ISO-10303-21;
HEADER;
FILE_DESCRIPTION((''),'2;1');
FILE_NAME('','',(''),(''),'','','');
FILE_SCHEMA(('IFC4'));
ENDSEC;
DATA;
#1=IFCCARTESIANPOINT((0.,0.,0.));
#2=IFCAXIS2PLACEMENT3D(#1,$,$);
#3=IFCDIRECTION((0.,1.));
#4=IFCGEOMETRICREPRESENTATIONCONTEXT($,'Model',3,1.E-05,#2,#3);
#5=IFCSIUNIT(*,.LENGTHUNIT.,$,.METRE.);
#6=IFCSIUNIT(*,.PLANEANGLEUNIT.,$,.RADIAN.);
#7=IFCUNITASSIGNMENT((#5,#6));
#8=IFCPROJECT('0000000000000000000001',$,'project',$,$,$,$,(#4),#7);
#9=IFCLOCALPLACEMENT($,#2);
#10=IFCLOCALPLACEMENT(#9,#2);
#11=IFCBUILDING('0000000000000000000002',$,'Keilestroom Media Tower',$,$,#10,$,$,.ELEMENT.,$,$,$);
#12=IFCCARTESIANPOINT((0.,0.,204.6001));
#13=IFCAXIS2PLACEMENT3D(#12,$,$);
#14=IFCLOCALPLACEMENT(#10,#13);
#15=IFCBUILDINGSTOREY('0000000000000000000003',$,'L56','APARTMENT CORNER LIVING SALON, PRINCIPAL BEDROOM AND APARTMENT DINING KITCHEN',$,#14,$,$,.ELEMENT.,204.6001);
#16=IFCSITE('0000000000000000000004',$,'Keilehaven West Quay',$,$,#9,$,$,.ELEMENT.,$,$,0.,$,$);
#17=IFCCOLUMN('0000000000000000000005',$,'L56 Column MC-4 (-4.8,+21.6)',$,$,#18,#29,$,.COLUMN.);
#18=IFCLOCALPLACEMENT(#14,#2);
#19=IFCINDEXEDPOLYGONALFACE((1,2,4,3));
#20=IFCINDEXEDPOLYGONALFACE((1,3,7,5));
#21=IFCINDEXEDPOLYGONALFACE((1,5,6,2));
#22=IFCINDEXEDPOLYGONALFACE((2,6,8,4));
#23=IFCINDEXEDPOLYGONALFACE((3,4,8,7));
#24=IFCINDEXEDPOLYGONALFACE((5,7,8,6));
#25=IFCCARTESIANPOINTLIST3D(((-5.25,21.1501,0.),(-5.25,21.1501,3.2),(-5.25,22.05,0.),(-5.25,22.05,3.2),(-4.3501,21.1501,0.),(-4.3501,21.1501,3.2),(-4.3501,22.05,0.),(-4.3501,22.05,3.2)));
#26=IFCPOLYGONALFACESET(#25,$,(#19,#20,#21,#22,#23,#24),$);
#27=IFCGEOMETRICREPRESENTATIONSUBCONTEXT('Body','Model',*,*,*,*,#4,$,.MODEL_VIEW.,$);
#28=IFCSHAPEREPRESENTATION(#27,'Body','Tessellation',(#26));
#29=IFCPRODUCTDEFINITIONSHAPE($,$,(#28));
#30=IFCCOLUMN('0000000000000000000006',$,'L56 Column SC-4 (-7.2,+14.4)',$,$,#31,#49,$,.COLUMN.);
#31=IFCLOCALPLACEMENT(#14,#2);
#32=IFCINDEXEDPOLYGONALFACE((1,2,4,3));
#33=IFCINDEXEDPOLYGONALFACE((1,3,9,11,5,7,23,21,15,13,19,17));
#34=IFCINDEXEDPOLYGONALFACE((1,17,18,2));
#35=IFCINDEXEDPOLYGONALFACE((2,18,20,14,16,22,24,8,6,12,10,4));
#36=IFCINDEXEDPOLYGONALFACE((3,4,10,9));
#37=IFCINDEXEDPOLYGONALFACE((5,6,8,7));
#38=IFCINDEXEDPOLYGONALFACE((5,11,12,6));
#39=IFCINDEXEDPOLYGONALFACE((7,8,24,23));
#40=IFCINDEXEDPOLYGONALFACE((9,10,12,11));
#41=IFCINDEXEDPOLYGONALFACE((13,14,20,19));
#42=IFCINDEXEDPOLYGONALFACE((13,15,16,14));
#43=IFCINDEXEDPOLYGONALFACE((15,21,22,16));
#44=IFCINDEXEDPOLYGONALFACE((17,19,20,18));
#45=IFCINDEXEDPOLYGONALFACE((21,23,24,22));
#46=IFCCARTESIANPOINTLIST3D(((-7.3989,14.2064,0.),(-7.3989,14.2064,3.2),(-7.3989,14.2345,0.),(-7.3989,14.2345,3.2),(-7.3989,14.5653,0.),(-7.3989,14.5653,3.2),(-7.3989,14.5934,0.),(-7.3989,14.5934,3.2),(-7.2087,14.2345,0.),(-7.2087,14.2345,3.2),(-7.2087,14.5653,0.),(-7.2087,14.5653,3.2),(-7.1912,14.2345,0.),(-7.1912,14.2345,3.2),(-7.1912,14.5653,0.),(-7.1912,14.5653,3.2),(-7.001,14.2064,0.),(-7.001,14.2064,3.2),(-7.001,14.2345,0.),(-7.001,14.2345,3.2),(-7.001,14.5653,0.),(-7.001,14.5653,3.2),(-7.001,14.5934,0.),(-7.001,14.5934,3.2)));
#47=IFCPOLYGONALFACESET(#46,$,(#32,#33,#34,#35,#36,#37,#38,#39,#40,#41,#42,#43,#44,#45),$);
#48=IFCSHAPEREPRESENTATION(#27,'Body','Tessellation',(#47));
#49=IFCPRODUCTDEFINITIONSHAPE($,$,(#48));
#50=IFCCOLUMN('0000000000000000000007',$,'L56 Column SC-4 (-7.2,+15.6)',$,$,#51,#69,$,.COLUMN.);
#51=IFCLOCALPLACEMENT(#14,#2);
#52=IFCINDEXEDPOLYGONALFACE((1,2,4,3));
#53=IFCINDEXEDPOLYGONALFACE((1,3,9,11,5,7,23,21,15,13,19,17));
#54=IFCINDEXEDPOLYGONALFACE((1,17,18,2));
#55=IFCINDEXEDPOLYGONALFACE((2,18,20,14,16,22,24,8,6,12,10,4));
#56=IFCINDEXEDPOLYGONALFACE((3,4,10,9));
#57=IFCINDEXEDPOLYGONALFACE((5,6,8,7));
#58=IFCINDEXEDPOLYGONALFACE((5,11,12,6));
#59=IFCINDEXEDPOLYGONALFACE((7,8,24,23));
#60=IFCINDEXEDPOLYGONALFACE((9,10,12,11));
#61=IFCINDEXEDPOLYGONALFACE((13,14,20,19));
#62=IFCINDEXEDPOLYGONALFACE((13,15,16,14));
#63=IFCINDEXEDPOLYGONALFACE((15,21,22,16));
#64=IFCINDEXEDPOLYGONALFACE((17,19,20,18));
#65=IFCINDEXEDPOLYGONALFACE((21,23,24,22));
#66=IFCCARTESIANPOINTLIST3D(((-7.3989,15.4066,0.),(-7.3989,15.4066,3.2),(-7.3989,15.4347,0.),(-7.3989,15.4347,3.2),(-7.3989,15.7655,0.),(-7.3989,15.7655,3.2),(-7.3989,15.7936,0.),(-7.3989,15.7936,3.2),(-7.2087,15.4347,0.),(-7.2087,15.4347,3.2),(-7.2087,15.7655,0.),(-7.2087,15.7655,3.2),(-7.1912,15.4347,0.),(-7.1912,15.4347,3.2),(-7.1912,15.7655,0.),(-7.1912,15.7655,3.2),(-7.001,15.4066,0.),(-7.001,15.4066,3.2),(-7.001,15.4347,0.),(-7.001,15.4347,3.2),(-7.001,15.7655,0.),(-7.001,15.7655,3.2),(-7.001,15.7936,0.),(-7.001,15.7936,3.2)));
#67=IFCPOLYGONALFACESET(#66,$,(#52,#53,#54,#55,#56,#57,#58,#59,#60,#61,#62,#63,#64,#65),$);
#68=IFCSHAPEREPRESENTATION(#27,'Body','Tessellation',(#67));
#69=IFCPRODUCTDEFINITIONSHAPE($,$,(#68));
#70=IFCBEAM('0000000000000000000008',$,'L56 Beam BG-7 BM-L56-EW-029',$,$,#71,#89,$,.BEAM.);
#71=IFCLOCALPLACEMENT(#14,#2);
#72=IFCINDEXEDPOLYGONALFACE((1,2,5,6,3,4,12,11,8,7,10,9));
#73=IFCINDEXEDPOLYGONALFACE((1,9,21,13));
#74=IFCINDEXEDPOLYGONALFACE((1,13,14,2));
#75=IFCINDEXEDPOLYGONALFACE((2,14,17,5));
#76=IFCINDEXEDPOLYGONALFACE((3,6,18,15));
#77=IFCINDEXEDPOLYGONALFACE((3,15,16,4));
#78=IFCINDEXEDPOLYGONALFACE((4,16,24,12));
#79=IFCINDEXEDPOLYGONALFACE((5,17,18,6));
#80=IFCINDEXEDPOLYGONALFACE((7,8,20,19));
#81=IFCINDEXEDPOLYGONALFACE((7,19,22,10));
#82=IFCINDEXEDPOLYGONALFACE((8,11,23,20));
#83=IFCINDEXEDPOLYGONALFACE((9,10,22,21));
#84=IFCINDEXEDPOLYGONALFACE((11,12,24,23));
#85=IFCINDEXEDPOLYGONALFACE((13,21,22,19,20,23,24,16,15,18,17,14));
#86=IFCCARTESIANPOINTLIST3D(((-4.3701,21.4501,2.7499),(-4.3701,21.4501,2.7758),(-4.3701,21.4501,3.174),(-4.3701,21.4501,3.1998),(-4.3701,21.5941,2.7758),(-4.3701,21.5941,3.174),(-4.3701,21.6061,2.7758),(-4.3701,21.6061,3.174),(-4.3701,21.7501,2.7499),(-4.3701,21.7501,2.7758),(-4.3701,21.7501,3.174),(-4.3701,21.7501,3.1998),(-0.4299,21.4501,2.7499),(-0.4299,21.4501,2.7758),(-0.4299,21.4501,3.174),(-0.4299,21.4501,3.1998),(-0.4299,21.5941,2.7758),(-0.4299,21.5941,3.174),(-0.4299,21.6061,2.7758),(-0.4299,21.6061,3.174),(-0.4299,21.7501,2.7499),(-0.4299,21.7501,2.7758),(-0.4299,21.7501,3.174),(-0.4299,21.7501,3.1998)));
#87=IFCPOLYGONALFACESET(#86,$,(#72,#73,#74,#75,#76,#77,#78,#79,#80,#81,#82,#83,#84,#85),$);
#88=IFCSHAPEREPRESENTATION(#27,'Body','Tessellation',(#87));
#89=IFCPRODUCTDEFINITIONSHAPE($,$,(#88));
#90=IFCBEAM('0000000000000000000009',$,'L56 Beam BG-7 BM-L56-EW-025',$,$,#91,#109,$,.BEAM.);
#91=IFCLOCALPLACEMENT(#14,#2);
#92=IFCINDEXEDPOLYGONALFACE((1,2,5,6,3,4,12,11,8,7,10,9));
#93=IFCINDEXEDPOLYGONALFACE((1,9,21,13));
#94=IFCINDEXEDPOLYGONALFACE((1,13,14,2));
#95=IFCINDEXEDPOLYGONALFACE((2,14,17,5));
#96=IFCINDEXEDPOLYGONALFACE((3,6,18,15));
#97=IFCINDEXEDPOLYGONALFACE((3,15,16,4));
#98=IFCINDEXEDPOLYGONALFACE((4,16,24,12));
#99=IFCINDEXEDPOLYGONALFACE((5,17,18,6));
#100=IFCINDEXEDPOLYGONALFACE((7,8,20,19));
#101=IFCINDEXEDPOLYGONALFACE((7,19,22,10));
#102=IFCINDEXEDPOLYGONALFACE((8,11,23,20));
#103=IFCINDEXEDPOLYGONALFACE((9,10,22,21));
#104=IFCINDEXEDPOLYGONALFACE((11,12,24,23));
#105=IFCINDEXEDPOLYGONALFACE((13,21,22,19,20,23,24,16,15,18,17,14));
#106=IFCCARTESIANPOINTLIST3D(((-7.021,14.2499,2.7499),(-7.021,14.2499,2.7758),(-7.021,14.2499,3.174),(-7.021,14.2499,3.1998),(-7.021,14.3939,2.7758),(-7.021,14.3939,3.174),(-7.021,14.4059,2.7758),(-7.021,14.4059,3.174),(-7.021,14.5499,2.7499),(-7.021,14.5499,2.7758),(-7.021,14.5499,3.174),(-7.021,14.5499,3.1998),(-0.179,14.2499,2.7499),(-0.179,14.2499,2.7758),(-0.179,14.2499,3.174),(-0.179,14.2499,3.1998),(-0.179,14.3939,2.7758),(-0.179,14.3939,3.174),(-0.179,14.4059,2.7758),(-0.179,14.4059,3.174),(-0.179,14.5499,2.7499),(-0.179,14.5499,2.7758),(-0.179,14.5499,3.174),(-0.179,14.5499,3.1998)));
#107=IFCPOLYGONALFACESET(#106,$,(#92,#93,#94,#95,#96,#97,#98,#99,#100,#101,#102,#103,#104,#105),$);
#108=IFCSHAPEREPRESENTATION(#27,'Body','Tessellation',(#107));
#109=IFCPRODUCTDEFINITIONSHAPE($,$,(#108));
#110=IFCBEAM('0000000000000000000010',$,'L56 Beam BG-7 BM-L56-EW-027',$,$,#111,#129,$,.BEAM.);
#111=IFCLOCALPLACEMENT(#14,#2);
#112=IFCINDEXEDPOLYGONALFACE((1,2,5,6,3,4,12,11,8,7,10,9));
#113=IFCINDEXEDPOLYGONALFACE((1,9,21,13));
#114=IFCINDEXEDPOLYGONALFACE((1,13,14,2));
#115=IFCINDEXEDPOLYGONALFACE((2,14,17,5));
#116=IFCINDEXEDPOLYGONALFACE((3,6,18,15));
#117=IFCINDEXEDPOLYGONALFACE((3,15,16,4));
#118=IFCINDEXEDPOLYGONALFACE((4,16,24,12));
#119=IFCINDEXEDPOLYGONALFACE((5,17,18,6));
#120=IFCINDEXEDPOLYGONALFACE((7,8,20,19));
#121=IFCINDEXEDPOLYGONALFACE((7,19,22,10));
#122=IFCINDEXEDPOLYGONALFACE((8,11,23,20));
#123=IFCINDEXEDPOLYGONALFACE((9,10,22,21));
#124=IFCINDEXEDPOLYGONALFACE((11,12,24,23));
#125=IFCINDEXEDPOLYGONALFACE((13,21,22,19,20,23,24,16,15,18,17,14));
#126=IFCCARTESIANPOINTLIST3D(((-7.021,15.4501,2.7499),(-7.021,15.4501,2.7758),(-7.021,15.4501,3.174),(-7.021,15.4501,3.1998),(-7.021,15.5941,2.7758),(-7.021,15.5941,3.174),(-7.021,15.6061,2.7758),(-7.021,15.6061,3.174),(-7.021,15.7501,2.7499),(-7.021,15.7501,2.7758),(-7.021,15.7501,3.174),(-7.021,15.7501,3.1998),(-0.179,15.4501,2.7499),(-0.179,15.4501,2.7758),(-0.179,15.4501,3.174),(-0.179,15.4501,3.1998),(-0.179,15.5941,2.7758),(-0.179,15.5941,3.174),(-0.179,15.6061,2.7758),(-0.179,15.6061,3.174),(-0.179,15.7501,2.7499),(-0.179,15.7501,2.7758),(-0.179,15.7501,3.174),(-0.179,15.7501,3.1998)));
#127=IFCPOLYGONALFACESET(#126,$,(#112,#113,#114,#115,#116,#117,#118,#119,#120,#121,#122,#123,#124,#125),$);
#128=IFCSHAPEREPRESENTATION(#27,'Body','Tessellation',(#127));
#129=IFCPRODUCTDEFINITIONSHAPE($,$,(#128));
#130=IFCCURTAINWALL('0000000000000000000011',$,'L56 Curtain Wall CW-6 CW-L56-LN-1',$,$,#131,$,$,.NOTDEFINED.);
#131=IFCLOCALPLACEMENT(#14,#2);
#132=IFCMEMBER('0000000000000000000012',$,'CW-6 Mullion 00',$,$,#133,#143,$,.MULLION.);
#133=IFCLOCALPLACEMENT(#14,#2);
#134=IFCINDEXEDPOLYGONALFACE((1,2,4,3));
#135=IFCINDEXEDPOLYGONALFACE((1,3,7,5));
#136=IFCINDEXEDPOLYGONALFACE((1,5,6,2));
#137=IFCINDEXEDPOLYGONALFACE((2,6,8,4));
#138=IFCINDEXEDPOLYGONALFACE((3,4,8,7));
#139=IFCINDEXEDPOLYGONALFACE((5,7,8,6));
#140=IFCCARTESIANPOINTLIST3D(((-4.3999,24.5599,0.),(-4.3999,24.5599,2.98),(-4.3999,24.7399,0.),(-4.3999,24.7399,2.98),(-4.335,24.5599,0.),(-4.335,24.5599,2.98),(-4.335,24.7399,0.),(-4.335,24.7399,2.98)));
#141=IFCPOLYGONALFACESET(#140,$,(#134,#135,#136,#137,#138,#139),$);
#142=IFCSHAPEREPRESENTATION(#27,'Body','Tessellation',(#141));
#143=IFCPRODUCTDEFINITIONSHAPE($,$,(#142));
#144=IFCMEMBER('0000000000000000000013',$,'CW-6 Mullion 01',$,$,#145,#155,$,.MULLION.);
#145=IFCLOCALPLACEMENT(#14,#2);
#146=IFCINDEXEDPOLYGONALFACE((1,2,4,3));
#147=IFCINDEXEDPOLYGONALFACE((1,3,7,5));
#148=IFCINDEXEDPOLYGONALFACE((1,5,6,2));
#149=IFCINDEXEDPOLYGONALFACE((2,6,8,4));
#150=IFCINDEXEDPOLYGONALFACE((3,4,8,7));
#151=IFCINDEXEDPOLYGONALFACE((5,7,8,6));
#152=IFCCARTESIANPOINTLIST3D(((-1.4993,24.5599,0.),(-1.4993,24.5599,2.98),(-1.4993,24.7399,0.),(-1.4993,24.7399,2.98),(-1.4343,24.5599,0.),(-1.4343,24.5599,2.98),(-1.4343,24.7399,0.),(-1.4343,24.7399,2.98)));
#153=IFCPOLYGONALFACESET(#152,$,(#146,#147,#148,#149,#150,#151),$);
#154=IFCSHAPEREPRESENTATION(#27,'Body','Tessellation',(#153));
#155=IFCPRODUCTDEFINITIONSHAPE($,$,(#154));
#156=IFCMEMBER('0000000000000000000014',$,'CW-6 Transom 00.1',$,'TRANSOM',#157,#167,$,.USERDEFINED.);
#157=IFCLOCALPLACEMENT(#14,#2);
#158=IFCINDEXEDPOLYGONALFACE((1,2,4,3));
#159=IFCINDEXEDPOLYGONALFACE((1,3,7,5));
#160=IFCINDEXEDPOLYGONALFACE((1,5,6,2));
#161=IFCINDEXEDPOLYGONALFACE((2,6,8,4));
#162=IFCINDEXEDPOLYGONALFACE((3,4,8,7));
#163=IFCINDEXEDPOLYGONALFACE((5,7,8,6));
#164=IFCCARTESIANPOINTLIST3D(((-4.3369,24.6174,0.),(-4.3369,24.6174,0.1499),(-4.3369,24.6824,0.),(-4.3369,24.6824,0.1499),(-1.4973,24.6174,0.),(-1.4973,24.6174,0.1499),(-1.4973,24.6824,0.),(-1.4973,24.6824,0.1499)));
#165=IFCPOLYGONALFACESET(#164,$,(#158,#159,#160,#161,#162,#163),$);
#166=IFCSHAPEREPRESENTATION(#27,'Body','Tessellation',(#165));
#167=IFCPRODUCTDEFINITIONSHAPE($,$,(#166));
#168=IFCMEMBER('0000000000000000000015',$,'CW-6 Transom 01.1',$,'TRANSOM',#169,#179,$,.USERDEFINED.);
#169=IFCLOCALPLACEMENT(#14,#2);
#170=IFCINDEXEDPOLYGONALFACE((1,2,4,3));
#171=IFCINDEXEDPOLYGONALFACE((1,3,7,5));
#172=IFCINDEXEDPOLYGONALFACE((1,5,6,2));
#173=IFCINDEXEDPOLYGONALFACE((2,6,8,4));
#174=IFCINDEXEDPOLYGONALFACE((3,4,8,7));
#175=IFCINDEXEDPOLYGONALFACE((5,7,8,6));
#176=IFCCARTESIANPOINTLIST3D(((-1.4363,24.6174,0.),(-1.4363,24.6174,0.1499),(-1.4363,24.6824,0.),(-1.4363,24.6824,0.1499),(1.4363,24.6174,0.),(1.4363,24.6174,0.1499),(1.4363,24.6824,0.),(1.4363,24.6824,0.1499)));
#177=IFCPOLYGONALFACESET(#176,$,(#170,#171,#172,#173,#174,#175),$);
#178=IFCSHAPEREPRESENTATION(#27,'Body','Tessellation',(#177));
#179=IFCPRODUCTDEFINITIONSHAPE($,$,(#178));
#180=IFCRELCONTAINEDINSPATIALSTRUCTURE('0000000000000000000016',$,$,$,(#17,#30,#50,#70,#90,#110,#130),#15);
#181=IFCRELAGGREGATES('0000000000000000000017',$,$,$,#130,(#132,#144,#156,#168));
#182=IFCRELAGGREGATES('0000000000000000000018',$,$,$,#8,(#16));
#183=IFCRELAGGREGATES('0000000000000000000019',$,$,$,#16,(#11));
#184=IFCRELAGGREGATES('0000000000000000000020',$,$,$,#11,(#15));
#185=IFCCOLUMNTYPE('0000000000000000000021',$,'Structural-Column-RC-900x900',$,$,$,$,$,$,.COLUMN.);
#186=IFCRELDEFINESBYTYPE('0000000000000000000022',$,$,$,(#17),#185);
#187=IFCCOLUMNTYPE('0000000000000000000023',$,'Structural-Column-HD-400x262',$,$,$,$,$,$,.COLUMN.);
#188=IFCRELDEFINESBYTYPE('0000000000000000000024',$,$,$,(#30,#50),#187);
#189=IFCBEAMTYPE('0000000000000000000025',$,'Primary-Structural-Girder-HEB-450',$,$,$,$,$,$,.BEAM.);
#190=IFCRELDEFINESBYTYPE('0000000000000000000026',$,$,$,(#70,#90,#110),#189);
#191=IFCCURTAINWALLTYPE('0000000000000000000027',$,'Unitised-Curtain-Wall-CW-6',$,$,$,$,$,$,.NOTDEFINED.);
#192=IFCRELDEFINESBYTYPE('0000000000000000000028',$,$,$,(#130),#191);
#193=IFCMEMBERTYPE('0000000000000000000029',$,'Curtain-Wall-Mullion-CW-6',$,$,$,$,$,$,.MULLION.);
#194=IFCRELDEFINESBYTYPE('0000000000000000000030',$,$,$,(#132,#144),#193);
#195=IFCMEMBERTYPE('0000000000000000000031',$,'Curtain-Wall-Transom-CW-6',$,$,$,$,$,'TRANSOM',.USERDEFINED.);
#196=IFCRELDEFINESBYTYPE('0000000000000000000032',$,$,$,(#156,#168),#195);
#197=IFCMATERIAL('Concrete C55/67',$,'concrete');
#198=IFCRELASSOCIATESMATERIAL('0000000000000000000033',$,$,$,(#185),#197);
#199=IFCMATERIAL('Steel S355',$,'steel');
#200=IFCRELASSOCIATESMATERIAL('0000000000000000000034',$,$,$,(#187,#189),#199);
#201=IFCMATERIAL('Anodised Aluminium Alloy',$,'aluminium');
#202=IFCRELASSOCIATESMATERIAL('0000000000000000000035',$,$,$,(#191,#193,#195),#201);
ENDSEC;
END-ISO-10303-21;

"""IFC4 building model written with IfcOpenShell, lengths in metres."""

from ifc_helpers import new_model, si_unit, direction, frame, origin, origin_2d, place, context, subcontext, project, spatial, rectangle, i_section, extrude, source, transform, mapped, material, material_profile, profile_set, type_object, element, aggregate, save


model = new_model("IFC4")

# Units and contexts
model_context = context("Model", 3, precision=1e-05, world=origin(), true_north=direction((0.0, 1.0)))
body_context = subcontext(model_context, "Body", "Model", "MODEL_VIEW")
ifc_project = project(units=[si_unit("LENGTHUNIT", "METRE"), si_unit("PLANEANGLEUNIT", "RADIAN")], contexts=[model_context])

# Site, building, storey
site_placement = place(None, origin())
site = spatial("IfcSite", under=ifc_project, at=site_placement, Name="Keilehaven West Quay", CompositionType="ELEMENT", RefElevation=0.0)
building_placement = place(site_placement, origin())
building = spatial("IfcBuilding", under=site, at=building_placement, Name="Keilestroom Media Tower", CompositionType="ELEMENT")
storey_placement = place(building_placement, frame((0.0, 0.0, 204.6001)))
storey = spatial("IfcBuildingStorey", under=building, at=storey_placement, Name="L56", Description="APARTMENT CORNER LIVING SALON, PRINCIPAL BEDROOM AND APARTMENT DINING KITCHEN", CompositionType="ELEMENT", Elevation=204.6001)

# Columns
ifc_material_1 = material(Name="Concrete C55/67", Category="concrete")
ifc_material_profile_1 = material_profile(ifc_material_1, rectangle(XDim=0.8999, YDim=0.8999, at=origin_2d()), Name="RC 900x900")
ifc_profile_set_1 = profile_set([ifc_material_profile_1], Name="Concrete C55/67")
column_type_1 = type_object("IfcColumnType", Name="Structural-Column-RC-900x900", PredefinedType="COLUMN", material=ifc_profile_set_1)
shared_shape_1 = source(origin(), body_context, "Body", "SweptSolid", [
    extrude(rectangle(XDim=0.8999, YDim=0.8999, at=origin_2d()), origin(), (0.0, 0.0, 1.0), 3.2),
])
column_placement = place(storey_placement, frame((-4.8, 21.6001, 0.0), z_axis=(0.0, 0.0, 1.0), x_axis=(1.0, 0.0, 0.0)))
element("IfcColumn", 1, at=column_placement, inside=storey, type_object=column_type_1, Name="L56 Column MC-4 (-4.8,+21.6)", PredefinedType="COLUMN", context=body_context, shape_type="MappedRepresentation", body=[
    mapped(shared_shape_1, transform((0.0, 0.0, 0.0), x_axis=(1.0, 0.0, 0.0), y_axis=(0.0, 1.0, 0.0), z_axis=(0.0, 0.0, 1.0), scale=1.0)),
])
ifc_material_2 = material(Name="Steel S355", Category="steel")
ifc_material_profile_2 = material_profile(ifc_material_2, i_section(OverallWidth=0.3979, OverallDepth=0.387, WebThickness=0.0176, FlangeThickness=0.0281, at=origin_2d()), Name="HD 400x262")
ifc_profile_set_2 = profile_set([ifc_material_profile_2], Name="Steel S355")
column_type_2 = type_object("IfcColumnType", Name="Structural-Column-HD-400x262", PredefinedType="COLUMN", material=ifc_profile_set_2)
shared_shape_2 = source(origin(), body_context, "Body", "SweptSolid", [
    extrude(i_section(OverallWidth=0.3979, OverallDepth=0.387, WebThickness=0.0176, FlangeThickness=0.0281, at=origin_2d()), origin(), (0.0, 0.0, 1.0), 3.2),
])
for number, where, z_axis, x_axis, name in (
    (2, (-7.2, 14.3999, 0.0), (0.0, 0.0, 1.0), (1.0, 0.0, 0.0), "L56 Column SC-4 (-7.2,+14.4)"),
    (3, (-7.2, 15.6001, 0.0), (0.0, 0.0, 1.0), (1.0, 0.0, 0.0), "L56 Column SC-4 (-7.2,+15.6)"),
):
    element("IfcColumn", number, at=place(storey_placement, frame(where, z_axis=z_axis, x_axis=x_axis)), inside=storey, type_object=column_type_2, Name=name, PredefinedType="COLUMN", context=body_context, shape_type="MappedRepresentation", body=[
        mapped(shared_shape_2, transform((0.0, 0.0, 0.0), x_axis=(1.0, 0.0, 0.0), y_axis=(0.0, 1.0, 0.0), z_axis=(0.0, 0.0, 1.0), scale=1.0)),
    ])

# Beams
ifc_material_profile_3 = material_profile(ifc_material_2, i_section(OverallWidth=0.3, OverallDepth=0.45, WebThickness=0.012, FlangeThickness=0.0259, at=origin_2d()), Name="HEB 450")
ifc_profile_set_3 = profile_set([ifc_material_profile_3], Name="Steel S355")
beam_type = type_object("IfcBeamType", Name="Primary-Structural-Girder-HEB-450", PredefinedType="BEAM", material=ifc_profile_set_3)
shared_shape_3 = source(origin(), body_context, "Body", "SweptSolid", [
    extrude(i_section(OverallWidth=0.3, OverallDepth=0.45, WebThickness=0.012, FlangeThickness=0.0259, at=origin_2d()), origin(), (0.0, 0.0, 1.0), 3.9402),
])
beam_placement = place(storey_placement, frame((-4.3701, 21.6001, 2.9749), z_axis=(1.0, 0.0, 0.0), x_axis=(0.0, 1.0, 0.0)))
element("IfcBeam", 4, at=beam_placement, inside=storey, type_object=beam_type, Name="L56 Beam BG-7 BM-L56-EW-029", PredefinedType="BEAM", context=body_context, shape_type="MappedRepresentation", body=[
    mapped(shared_shape_3, transform((0.0, 0.0, 0.0), x_axis=(1.0, 0.0, 0.0), y_axis=(0.0, 1.0, 0.0), z_axis=(0.0, 0.0, 1.0), scale=1.0)),
])
shared_shape_4 = source(origin(), body_context, "Body", "SweptSolid", [
    extrude(i_section(OverallWidth=0.3, OverallDepth=0.45, WebThickness=0.012, FlangeThickness=0.0259, at=origin_2d()), origin(), (0.0, 0.0, 1.0), 6.842),
])
for number, where, z_axis, x_axis, name in (
    (5, (-7.021, 14.3999, 2.9749), (1.0, 0.0, 0.0), (0.0, 1.0, 0.0), "L56 Beam BG-7 BM-L56-EW-025"),
    (6, (-7.021, 15.6001, 2.9749), (1.0, 0.0, 0.0), (0.0, 1.0, 0.0), "L56 Beam BG-7 BM-L56-EW-027"),
):
    element("IfcBeam", number, at=place(storey_placement, frame(where, z_axis=z_axis, x_axis=x_axis)), inside=storey, type_object=beam_type, Name=name, PredefinedType="BEAM", context=body_context, shape_type="MappedRepresentation", body=[
        mapped(shared_shape_4, transform((0.0, 0.0, 0.0), x_axis=(1.0, 0.0, 0.0), y_axis=(0.0, 1.0, 0.0), z_axis=(0.0, 0.0, 1.0), scale=1.0)),
    ])

# Curtain wall, members
ifc_material_3 = material(Name="Anodised Aluminium Alloy", Category="aluminium")
curtain_wall_type = type_object("IfcCurtainWallType", Name="Unitised-Curtain-Wall-CW-6", PredefinedType="NOTDEFINED", material=ifc_material_3)
curtain_wall_placement = place(storey_placement, origin())
curtain_wall = element("IfcCurtainWall", 7, at=curtain_wall_placement, inside=storey, type_object=curtain_wall_type, Name="L56 Curtain Wall CW-6 CW-L56-LN-1", PredefinedType="NOTDEFINED")
ifc_material_profile_4 = material_profile(ifc_material_3, rectangle(XDim=0.0649, YDim=0.1799, at=origin_2d()), Name="ALU MULLION 65x180")
ifc_profile_set_4 = profile_set([ifc_material_profile_4], Name="Anodised Aluminium Alloy")
member_type_1 = type_object("IfcMemberType", Name="Curtain-Wall-Mullion-CW-6", PredefinedType="MULLION", material=ifc_profile_set_4)
shared_shape_5 = source(origin(), body_context, "Body", "SweptSolid", [
    extrude(rectangle(XDim=0.0649, YDim=0.1799, at=origin_2d()), origin(), (0.0, 0.0, 1.0), 2.98),
])
member_1_placement = place(storey_placement, frame((-4.3674, 24.6499, 0.0), z_axis=(0.0, 0.0, 1.0), x_axis=(1.0, 0.0, 0.0)))
member_1 = element("IfcMember", 8, at=member_1_placement, type_object=member_type_1, Name="CW-6 Mullion 00", PredefinedType="MULLION", context=body_context, shape_type="MappedRepresentation", body=[
    mapped(shared_shape_5, transform((0.0, 0.0, 0.0), x_axis=(1.0, 0.0, 0.0), y_axis=(0.0, 1.0, 0.0), z_axis=(0.0, 0.0, 1.0), scale=1.0)),
])
member_2_placement = place(storey_placement, frame((-1.4668, 24.6499, 0.0), z_axis=(0.0, 0.0, 1.0), x_axis=(1.0, 0.0, 0.0)))
member_2 = element("IfcMember", 9, at=member_2_placement, type_object=member_type_1, Name="CW-6 Mullion 01", PredefinedType="MULLION", context=body_context, shape_type="MappedRepresentation", body=[
    mapped(shared_shape_5, transform((0.0, 0.0, 0.0), x_axis=(1.0, 0.0, 0.0), y_axis=(0.0, 1.0, 0.0), z_axis=(0.0, 0.0, 1.0), scale=1.0)),
])
ifc_material_profile_5 = material_profile(ifc_material_3, rectangle(XDim=0.0649, YDim=0.1499, at=origin_2d()), Name="ALU TRANSOM 65x150")
ifc_profile_set_5 = profile_set([ifc_material_profile_5], Name="Anodised Aluminium Alloy")
member_type_2 = type_object("IfcMemberType", Name="Curtain-Wall-Transom-CW-6", ElementType="TRANSOM", PredefinedType="USERDEFINED", material=ifc_profile_set_5)
shared_shape_6 = source(origin(), body_context, "Body", "SweptSolid", [
    extrude(rectangle(XDim=0.0649, YDim=0.1499, at=origin_2d()), origin(), (0.0, 0.0, 1.0), 2.8396),
])
member_3_placement = place(storey_placement, frame((-4.3369, 24.6499, 0.075), z_axis=(1.0, 0.0, 0.0), x_axis=(0.0, 1.0, 0.0)))
member_3 = element("IfcMember", 10, at=member_3_placement, type_object=member_type_2, Name="CW-6 Transom 00.1", ObjectType="TRANSOM", PredefinedType="USERDEFINED", context=body_context, shape_type="MappedRepresentation", body=[
    mapped(shared_shape_6, transform((0.0, 0.0, 0.0), x_axis=(1.0, 0.0, 0.0), y_axis=(0.0, 1.0, 0.0), z_axis=(0.0, 0.0, 1.0), scale=1.0)),
])
shared_shape_7 = source(origin(), body_context, "Body", "SweptSolid", [
    extrude(rectangle(XDim=0.0649, YDim=0.1499, at=origin_2d()), origin(), (0.0, 0.0, 1.0), 2.8726),
])
member_4_placement = place(storey_placement, frame((-1.4363, 24.6499, 0.075), z_axis=(1.0, 0.0, 0.0), x_axis=(0.0, 1.0, 0.0)))
member_4 = element("IfcMember", 11, at=member_4_placement, type_object=member_type_2, Name="CW-6 Transom 01.1", ObjectType="TRANSOM", PredefinedType="USERDEFINED", context=body_context, shape_type="MappedRepresentation", body=[
    mapped(shared_shape_7, transform((0.0, 0.0, 0.0), x_axis=(1.0, 0.0, 0.0), y_axis=(0.0, 1.0, 0.0), z_axis=(0.0, 0.0, 1.0), scale=1.0)),
])
aggregate(curtain_wall, [member_1, member_2, member_3, member_4])

save(model, "model.ifc")
